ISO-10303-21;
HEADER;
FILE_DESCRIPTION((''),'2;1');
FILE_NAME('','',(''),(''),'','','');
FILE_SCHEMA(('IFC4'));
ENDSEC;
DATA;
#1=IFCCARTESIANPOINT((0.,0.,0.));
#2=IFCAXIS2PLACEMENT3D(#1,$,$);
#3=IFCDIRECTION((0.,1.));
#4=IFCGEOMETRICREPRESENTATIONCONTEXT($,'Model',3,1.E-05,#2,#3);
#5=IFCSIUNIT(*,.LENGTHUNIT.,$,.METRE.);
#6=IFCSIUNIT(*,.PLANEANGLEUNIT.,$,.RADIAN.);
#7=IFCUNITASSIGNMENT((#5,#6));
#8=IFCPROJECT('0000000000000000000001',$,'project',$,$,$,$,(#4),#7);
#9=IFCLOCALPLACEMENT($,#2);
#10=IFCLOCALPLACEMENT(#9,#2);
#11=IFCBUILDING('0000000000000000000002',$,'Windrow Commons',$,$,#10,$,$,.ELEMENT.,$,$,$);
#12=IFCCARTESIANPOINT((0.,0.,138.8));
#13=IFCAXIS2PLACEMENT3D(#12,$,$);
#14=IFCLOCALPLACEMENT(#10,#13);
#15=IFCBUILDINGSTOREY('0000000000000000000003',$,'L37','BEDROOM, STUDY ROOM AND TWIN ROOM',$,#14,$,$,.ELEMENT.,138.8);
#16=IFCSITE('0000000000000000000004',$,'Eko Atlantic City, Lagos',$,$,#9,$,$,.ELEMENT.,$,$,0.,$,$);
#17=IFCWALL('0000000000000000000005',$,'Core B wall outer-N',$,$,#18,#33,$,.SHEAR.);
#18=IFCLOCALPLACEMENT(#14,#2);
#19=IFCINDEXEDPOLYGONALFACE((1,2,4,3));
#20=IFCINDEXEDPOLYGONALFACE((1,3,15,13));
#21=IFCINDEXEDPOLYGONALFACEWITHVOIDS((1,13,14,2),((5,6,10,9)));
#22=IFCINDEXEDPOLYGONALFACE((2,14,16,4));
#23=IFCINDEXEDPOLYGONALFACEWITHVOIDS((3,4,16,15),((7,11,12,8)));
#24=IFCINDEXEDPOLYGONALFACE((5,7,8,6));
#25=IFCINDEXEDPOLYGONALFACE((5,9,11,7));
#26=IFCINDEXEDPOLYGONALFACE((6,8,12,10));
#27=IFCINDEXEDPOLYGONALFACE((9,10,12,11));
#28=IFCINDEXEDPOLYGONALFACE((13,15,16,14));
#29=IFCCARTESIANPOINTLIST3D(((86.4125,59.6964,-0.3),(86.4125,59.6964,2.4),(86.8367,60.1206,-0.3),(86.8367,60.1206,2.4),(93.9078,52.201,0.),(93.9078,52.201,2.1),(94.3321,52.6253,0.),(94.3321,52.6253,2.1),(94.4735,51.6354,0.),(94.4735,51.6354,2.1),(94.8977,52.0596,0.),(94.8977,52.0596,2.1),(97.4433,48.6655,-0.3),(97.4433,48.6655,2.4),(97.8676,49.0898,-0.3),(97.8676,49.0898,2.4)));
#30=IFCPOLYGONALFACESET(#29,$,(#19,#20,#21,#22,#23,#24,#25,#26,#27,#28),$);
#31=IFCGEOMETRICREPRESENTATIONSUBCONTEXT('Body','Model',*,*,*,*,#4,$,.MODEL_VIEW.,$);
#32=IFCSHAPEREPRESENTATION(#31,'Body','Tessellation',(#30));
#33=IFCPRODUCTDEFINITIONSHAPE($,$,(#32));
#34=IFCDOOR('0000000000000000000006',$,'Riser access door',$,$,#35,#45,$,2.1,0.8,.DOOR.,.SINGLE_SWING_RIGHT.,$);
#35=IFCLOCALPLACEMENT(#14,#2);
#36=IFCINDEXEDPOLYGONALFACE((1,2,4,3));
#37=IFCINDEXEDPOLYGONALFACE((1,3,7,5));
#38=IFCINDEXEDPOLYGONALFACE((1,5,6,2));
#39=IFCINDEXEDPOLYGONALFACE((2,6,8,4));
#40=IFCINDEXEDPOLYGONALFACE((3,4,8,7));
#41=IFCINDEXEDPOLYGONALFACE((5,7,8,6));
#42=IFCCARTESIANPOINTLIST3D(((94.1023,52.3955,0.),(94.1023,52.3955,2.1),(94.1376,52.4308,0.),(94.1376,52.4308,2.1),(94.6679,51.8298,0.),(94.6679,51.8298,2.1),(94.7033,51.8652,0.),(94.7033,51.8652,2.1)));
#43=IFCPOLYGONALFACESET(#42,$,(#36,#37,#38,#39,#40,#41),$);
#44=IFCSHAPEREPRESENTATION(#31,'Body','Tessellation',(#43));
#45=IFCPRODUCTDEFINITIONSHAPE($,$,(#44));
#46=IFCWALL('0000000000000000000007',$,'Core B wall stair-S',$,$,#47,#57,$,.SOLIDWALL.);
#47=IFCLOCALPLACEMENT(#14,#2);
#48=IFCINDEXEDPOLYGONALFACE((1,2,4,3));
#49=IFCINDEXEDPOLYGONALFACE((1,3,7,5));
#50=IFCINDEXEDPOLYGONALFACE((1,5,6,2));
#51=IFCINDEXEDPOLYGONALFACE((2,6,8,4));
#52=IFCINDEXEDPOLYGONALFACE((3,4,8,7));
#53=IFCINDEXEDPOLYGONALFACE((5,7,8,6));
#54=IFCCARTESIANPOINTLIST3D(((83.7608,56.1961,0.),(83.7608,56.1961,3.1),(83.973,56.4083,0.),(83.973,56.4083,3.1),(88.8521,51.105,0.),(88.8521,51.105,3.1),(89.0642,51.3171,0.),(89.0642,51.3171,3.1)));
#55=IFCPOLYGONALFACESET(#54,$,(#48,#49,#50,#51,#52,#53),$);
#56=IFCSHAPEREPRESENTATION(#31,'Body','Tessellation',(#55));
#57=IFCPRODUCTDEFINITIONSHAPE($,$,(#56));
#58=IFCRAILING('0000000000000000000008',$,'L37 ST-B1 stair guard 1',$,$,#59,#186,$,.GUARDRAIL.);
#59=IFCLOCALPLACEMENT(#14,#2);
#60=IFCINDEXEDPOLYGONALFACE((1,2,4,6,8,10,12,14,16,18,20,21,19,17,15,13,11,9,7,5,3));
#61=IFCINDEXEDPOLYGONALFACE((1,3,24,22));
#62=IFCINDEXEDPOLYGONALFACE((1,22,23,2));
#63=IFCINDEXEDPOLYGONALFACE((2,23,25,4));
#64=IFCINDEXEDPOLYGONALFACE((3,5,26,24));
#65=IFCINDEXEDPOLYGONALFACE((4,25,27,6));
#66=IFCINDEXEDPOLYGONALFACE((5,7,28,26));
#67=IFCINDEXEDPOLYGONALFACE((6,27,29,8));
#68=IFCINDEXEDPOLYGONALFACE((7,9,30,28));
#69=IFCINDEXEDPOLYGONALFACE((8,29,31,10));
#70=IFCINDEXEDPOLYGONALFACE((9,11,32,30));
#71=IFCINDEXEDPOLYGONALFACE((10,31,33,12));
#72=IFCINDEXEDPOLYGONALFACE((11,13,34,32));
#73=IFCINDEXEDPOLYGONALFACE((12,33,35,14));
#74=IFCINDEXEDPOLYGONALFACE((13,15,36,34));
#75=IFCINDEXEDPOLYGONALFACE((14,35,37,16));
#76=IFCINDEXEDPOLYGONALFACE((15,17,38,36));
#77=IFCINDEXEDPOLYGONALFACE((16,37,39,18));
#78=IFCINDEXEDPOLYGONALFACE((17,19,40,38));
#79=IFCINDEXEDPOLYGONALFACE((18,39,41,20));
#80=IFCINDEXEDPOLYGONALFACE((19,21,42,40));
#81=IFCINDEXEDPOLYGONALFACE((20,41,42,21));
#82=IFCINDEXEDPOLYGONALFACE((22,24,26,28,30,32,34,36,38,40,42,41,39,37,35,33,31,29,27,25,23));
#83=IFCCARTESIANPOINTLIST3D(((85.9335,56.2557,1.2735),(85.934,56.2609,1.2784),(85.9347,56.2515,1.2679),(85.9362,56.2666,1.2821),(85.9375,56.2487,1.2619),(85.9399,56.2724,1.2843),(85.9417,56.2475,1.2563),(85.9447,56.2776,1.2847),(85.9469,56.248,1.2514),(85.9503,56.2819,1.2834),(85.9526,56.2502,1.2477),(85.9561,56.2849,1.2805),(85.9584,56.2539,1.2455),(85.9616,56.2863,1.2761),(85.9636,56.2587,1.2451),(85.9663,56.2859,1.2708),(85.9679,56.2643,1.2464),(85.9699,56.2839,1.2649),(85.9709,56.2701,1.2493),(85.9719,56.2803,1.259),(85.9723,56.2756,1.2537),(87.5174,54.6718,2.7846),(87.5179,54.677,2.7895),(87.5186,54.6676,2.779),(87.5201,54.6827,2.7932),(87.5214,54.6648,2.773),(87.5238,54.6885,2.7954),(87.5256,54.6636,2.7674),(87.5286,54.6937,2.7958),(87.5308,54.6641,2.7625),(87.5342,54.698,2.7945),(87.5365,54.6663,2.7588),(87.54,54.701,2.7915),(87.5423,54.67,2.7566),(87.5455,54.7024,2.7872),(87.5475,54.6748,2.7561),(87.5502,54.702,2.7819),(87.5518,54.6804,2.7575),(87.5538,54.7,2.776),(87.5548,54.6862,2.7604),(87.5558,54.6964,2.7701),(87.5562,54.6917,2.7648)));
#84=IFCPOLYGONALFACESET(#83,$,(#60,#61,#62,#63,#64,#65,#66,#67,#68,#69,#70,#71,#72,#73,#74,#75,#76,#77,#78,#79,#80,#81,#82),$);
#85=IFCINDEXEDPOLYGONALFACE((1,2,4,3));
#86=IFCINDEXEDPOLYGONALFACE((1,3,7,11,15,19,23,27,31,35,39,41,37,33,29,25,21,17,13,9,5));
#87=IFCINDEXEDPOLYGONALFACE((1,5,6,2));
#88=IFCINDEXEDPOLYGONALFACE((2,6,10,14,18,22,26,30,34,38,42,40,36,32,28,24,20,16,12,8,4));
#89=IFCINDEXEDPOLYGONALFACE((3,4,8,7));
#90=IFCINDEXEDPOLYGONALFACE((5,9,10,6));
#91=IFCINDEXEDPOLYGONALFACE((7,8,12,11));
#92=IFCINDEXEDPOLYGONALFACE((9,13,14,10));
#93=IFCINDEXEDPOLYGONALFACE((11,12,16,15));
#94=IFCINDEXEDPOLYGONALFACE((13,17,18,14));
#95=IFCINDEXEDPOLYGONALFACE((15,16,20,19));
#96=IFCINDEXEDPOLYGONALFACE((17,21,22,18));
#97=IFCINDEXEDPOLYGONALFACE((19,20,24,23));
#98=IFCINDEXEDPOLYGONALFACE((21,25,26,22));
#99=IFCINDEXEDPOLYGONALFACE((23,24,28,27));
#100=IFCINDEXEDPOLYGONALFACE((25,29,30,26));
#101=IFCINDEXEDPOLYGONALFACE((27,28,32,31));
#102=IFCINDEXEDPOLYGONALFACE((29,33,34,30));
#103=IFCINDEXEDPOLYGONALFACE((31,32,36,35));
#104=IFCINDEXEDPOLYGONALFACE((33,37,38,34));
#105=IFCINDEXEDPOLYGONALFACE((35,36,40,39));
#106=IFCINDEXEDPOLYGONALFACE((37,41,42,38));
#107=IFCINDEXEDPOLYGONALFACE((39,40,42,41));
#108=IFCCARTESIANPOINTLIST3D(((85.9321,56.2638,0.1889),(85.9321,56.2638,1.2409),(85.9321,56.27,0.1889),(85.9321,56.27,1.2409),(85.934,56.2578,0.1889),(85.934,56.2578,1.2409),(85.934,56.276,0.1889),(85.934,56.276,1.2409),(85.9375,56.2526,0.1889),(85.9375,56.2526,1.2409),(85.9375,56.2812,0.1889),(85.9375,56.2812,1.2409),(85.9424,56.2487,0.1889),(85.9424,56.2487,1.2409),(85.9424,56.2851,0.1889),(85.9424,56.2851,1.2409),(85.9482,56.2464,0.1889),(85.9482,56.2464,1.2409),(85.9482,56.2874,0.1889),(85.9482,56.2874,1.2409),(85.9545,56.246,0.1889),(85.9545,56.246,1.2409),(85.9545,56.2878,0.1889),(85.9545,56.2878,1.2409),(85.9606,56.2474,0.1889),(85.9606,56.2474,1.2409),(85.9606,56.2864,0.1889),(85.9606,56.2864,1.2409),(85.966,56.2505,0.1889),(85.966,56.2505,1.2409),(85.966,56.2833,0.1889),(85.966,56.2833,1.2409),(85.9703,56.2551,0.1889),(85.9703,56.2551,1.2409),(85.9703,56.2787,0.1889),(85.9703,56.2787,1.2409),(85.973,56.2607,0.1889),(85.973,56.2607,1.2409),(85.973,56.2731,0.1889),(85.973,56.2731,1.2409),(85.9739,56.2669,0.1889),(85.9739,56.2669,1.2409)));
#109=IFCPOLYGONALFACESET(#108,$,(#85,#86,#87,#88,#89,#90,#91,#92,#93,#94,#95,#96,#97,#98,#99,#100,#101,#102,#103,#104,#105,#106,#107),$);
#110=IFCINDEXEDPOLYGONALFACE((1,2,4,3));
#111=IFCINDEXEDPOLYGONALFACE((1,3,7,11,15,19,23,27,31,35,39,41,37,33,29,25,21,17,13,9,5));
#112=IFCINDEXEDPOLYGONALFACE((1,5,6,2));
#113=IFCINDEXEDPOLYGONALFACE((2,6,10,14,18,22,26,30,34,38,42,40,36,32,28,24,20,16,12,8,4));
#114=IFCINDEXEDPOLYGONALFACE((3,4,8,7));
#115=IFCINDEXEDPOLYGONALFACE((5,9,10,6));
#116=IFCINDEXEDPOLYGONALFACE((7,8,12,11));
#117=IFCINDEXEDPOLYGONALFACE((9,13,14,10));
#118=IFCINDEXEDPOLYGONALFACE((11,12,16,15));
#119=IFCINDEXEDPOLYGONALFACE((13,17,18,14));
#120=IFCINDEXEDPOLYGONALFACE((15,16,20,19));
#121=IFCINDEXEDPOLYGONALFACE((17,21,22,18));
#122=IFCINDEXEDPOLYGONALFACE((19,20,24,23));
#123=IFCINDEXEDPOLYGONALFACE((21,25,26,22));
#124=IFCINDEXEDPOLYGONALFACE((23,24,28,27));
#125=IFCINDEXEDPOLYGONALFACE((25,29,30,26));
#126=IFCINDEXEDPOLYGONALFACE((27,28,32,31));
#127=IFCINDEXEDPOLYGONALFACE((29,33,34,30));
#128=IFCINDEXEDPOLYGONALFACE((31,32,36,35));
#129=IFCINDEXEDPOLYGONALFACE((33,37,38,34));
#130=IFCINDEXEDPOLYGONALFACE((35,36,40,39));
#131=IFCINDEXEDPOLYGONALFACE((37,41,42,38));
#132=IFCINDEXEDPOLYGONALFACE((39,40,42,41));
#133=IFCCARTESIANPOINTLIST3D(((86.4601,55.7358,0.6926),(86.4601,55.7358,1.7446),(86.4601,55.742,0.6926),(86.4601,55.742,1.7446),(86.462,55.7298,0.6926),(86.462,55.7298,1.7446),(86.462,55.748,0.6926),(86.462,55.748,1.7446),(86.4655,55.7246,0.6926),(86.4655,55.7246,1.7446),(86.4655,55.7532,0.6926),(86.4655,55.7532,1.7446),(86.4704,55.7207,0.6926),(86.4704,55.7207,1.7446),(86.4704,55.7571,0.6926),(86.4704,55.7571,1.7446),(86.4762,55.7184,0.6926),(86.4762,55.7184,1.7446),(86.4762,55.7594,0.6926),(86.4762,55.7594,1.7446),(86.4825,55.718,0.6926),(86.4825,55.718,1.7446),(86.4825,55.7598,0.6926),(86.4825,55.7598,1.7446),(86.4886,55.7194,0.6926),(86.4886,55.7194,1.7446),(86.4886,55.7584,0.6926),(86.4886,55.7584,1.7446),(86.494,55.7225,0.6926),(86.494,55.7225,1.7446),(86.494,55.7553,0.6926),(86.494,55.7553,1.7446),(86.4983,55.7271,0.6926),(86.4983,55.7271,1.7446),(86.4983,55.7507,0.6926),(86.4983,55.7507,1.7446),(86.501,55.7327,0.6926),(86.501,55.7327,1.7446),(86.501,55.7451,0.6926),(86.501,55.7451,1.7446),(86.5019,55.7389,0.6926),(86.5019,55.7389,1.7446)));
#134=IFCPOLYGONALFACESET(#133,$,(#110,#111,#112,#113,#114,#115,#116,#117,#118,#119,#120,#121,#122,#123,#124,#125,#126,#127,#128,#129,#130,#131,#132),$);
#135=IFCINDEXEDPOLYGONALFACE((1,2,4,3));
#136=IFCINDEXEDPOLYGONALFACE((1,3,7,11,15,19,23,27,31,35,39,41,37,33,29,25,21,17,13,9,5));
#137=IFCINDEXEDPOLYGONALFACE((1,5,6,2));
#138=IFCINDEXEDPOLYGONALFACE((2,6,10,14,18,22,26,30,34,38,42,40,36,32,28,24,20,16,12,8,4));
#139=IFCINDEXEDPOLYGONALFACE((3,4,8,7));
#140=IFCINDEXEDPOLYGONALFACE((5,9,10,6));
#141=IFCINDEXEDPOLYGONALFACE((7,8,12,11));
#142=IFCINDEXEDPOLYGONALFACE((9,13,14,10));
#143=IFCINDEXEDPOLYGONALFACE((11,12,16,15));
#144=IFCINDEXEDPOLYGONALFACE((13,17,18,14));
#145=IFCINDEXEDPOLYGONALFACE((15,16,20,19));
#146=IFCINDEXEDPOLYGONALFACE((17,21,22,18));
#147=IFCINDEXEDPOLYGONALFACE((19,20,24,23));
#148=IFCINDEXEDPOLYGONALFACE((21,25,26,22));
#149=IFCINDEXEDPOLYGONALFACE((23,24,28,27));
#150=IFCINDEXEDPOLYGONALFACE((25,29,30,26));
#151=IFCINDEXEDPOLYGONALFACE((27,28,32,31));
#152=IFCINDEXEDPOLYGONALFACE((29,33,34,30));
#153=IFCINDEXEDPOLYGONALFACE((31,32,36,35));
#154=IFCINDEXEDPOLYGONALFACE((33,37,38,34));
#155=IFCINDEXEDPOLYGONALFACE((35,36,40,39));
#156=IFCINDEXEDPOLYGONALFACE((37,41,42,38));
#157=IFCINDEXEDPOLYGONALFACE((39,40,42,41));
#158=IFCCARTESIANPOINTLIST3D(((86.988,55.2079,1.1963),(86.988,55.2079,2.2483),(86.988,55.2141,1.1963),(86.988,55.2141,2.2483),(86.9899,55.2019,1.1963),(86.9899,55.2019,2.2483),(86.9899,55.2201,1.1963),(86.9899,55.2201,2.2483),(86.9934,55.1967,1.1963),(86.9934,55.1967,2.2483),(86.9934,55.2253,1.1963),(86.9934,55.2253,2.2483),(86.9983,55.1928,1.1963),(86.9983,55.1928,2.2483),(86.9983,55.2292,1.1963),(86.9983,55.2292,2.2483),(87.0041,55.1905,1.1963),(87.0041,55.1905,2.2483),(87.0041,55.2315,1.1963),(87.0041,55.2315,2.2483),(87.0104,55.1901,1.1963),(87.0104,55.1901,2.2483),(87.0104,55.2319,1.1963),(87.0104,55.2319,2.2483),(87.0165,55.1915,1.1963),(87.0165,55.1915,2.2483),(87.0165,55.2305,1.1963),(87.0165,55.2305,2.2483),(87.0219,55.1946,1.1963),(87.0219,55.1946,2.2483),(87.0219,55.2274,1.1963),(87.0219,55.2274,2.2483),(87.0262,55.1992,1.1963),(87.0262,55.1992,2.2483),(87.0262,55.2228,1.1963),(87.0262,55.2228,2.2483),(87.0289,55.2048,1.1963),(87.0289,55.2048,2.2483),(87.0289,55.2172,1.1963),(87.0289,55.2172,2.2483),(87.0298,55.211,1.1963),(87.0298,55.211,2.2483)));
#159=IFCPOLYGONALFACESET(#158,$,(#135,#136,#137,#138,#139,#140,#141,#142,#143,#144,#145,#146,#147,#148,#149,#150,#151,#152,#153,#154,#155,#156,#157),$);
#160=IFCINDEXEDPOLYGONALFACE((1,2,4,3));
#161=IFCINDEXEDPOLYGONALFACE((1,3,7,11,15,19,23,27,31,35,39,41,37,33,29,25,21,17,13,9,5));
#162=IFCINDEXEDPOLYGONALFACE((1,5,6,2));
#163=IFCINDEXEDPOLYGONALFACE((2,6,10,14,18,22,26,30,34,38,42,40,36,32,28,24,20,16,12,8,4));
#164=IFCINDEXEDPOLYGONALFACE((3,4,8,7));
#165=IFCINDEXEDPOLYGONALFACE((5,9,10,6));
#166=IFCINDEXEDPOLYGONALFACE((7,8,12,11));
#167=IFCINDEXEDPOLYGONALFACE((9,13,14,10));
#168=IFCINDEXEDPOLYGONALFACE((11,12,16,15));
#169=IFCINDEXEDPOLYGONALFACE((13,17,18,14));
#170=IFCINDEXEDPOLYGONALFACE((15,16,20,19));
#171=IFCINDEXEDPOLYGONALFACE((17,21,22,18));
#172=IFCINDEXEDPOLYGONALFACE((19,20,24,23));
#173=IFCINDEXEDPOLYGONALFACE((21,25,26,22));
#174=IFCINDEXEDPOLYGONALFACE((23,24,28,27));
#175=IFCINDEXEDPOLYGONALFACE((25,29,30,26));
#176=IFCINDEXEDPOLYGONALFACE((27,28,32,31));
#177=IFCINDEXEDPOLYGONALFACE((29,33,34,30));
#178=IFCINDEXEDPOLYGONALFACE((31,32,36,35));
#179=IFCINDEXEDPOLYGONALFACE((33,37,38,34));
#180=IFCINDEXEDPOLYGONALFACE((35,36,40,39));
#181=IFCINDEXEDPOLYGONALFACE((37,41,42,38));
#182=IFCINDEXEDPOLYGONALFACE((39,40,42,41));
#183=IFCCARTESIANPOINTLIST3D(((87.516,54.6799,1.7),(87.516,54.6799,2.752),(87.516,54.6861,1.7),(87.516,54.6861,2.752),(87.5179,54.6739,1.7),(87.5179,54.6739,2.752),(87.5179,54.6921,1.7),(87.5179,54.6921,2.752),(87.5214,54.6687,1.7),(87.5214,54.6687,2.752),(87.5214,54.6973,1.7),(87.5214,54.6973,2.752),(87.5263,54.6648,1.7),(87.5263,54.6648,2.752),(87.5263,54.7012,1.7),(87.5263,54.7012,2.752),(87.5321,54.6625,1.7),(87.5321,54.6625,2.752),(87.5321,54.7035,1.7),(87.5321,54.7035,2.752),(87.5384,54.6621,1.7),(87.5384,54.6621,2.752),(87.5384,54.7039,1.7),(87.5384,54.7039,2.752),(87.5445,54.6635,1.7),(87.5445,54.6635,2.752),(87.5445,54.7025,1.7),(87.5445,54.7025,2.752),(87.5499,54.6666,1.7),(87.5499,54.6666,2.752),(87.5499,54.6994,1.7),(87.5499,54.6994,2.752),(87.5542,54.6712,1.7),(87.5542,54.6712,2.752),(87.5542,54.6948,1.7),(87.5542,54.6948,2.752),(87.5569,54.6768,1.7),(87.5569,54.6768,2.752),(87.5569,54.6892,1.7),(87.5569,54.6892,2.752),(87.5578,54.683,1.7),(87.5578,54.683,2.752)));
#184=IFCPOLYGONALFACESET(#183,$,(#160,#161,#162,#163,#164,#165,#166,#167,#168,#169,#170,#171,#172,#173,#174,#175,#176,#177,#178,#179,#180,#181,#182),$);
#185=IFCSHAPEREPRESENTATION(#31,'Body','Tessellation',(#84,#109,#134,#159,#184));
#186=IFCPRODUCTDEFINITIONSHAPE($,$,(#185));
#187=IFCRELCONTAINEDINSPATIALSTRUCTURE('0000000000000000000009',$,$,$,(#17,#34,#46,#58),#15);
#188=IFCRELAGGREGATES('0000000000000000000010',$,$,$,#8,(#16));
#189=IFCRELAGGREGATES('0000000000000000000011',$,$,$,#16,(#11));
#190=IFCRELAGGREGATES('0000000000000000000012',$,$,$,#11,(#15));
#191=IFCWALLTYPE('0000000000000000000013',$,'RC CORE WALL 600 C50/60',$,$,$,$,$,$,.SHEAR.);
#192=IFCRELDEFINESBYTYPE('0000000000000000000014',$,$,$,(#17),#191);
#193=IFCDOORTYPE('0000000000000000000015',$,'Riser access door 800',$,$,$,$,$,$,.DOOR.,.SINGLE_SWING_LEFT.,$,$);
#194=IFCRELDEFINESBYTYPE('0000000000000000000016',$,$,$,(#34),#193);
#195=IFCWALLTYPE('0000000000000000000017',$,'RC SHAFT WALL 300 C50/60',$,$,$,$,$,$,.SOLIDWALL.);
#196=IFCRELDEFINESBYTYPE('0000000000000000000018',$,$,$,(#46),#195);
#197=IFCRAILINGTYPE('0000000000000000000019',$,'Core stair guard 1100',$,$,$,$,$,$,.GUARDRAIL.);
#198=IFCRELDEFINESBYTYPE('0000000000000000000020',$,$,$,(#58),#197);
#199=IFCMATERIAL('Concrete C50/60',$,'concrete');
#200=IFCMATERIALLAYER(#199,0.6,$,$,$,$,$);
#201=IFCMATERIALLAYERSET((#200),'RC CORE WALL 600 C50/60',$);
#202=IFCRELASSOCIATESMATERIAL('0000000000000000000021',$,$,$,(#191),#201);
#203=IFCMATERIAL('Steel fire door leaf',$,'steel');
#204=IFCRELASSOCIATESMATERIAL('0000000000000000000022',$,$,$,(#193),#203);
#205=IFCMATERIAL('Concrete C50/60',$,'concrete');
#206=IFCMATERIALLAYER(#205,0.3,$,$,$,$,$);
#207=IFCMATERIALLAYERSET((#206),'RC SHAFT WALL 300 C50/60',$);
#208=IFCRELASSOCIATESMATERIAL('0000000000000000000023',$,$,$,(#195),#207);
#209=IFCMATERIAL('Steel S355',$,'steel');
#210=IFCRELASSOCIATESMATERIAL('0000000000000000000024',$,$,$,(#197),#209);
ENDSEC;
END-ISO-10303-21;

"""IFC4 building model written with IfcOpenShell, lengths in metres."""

from ifc_helpers import new_model, si_unit, direction, frame, frame_2d, origin, origin_2d, place, context, subcontext, project, spatial, rectangle, circle, extrude, material, layer, layer_set, type_object, element, fill, save


model = new_model("IFC4")

# Units and contexts
model_context = context("Model", 3, precision=1e-05, world=origin(), true_north=direction((0.0, 1.0)))
body_context = subcontext(model_context, "Body", "Model", "MODEL_VIEW")
ifc_project = project(units=[si_unit("LENGTHUNIT", "METRE"), si_unit("PLANEANGLEUNIT", "RADIAN")], contexts=[model_context])

# Site, building, storey
site_placement = place(None, origin())
site = spatial("IfcSite", under=ifc_project, at=site_placement, Name="Eko Atlantic City, Lagos", CompositionType="ELEMENT", RefElevation=0.0)
building_placement = place(site_placement, origin())
building = spatial("IfcBuilding", under=site, at=building_placement, Name="Windrow Commons", CompositionType="ELEMENT")
storey_placement = place(building_placement, frame((0.0, 0.0, 138.8)))
storey = spatial("IfcBuildingStorey", under=building, at=storey_placement, Name="L37", Description="BEDROOM, STUDY ROOM AND TWIN ROOM", CompositionType="ELEMENT", Elevation=138.8)

# Wall, opening, door
ifc_material_1 = material(Name="Concrete C50/60", Category="concrete")
ifc_layer_1 = layer(ifc_material_1, 0.6)
ifc_layer_set_1 = layer_set([ifc_layer_1], Name="RC CORE WALL 600 C50/60")
wall_type_1 = type_object("IfcWallType", Name="RC CORE WALL 600 C50/60", PredefinedType="SHEAR", material=ifc_layer_set_1)
wall_1_placement = place(storey_placement, frame((86.6246, 59.9085, -0.3), z_axis=(0.0, 0.0, 1.0), x_axis=(0.707107, -0.707107, 0.0)))
wall_1 = element("IfcWall", 1, at=wall_1_placement, inside=storey, type_object=wall_type_1, Name="Core B wall outer-N", PredefinedType="SHEAR", context=body_context, shape_type="SweptSolid", body=[
    extrude(rectangle(XDim=15.6, YDim=0.6, at=frame_2d((7.8, 0.0))), origin(), (0.0, 0.0, 1.0), 2.7),
])
opening_1_placement = place(wall_1_placement, frame((10.6, 0.0, 0.3)))
opening_1 = element("IfcOpeningElement", 2, at=opening_1_placement, cuts=wall_1, PredefinedType="OPENING", context=body_context, shape_type="SweptSolid", body=[
    extrude(rectangle(XDim=0.8, YDim=2.1, at=frame_2d((0.4, 1.05))), frame((0.0, 0.31, 0.0), z_axis=(0.0, -1.0, 0.0), x_axis=(1.0, 0.0, 0.0)), (0.0, 0.0, 1.0), 0.62),
])
ifc_material_2 = material(Name="Steel fire door leaf", Category="steel")
door_type = type_object("IfcDoorType", Name="Riser access door 800", OperationType="SINGLE_SWING_LEFT", PredefinedType="DOOR", material=ifc_material_2)
door_placement = place(opening_1_placement, origin())
door = element("IfcDoor", 3, at=door_placement, inside=storey, type_object=door_type, Name="Riser access door", OperationType="SINGLE_SWING_RIGHT", OverallHeight=2.1, OverallWidth=0.8, PredefinedType="DOOR", context=body_context, shape_type="SweptSolid", body=[
    extrude(rectangle(XDim=0.8, YDim=2.1, at=frame_2d((0.4, 1.05))), frame((0.0, 0.025, 0.0), z_axis=(0.0, -1.0, 0.0), x_axis=(1.0, 0.0, 0.0)), (0.0, 0.0, 1.0), 0.05),
])
fill(opening_1, door)

# Wall
ifc_material_3 = material(Name="Concrete C50/60", Category="concrete")
ifc_layer_2 = layer(ifc_material_3, 0.3)
ifc_layer_set_2 = layer_set([ifc_layer_2], Name="RC SHAFT WALL 300 C50/60")
wall_type_2 = type_object("IfcWallType", Name="RC SHAFT WALL 300 C50/60", PredefinedType="SOLIDWALL", material=ifc_layer_set_2)
wall_2_placement = place(storey_placement, frame((83.8669, 56.3022, 0.0), z_axis=(0.0, 0.0, 1.0), x_axis=(0.707114, -0.7071, 0.0)))
element("IfcWall", 4, at=wall_2_placement, inside=storey, type_object=wall_type_2, Name="Core B wall stair-S", PredefinedType="SOLIDWALL", context=body_context, shape_type="SweptSolid", body=[
    extrude(rectangle(XDim=7.2, YDim=0.3, at=frame_2d((3.6, 0.0))), origin(), (0.0, 0.0, 1.0), 3.1),
])

# Railing
ifc_material_4 = material(Name="Steel S355", Category="steel")
railing_type_1 = type_object("IfcRailingType", Name="Core stair guard 1100", PredefinedType="GUARDRAIL", material=ifc_material_4)
railing_1_placement = place(storey_placement, frame((85.9529, 56.2669, 0.1889)))
element("IfcRailing", 5, at=railing_1_placement, inside=storey, type_object=railing_type_1, Name="L37 ST-B1 stair guard 1", PredefinedType="GUARDRAIL", context=body_context, shape_type="SweptSolid", body=[
    extrude(circle(Radius=0.024, at=origin_2d()), frame((0.0, 0.0, 1.076), z_axis=(0.586191, -0.586191, 0.559249), x_axis=(0.707107, 0.707107, 0.0)), (0.0, 0.0, 1.0), 2.702),
    extrude(circle(Radius=0.021, at=origin_2d()), origin(), (0.0, 0.0, 1.0), 1.052),
    extrude(circle(Radius=0.021, at=origin_2d()), frame((0.528, -0.528, 0.5037)), (0.0, 0.0, 1.0), 1.052),
    extrude(circle(Radius=0.021, at=origin_2d()), frame((1.0559, -1.0559, 1.0074)), (0.0, 0.0, 1.0), 1.052),
    extrude(circle(Radius=0.021, at=origin_2d()), frame((1.5839, -1.5839, 1.5111)), (0.0, 0.0, 1.0), 1.052),
])

save(model, "model.ifc")
